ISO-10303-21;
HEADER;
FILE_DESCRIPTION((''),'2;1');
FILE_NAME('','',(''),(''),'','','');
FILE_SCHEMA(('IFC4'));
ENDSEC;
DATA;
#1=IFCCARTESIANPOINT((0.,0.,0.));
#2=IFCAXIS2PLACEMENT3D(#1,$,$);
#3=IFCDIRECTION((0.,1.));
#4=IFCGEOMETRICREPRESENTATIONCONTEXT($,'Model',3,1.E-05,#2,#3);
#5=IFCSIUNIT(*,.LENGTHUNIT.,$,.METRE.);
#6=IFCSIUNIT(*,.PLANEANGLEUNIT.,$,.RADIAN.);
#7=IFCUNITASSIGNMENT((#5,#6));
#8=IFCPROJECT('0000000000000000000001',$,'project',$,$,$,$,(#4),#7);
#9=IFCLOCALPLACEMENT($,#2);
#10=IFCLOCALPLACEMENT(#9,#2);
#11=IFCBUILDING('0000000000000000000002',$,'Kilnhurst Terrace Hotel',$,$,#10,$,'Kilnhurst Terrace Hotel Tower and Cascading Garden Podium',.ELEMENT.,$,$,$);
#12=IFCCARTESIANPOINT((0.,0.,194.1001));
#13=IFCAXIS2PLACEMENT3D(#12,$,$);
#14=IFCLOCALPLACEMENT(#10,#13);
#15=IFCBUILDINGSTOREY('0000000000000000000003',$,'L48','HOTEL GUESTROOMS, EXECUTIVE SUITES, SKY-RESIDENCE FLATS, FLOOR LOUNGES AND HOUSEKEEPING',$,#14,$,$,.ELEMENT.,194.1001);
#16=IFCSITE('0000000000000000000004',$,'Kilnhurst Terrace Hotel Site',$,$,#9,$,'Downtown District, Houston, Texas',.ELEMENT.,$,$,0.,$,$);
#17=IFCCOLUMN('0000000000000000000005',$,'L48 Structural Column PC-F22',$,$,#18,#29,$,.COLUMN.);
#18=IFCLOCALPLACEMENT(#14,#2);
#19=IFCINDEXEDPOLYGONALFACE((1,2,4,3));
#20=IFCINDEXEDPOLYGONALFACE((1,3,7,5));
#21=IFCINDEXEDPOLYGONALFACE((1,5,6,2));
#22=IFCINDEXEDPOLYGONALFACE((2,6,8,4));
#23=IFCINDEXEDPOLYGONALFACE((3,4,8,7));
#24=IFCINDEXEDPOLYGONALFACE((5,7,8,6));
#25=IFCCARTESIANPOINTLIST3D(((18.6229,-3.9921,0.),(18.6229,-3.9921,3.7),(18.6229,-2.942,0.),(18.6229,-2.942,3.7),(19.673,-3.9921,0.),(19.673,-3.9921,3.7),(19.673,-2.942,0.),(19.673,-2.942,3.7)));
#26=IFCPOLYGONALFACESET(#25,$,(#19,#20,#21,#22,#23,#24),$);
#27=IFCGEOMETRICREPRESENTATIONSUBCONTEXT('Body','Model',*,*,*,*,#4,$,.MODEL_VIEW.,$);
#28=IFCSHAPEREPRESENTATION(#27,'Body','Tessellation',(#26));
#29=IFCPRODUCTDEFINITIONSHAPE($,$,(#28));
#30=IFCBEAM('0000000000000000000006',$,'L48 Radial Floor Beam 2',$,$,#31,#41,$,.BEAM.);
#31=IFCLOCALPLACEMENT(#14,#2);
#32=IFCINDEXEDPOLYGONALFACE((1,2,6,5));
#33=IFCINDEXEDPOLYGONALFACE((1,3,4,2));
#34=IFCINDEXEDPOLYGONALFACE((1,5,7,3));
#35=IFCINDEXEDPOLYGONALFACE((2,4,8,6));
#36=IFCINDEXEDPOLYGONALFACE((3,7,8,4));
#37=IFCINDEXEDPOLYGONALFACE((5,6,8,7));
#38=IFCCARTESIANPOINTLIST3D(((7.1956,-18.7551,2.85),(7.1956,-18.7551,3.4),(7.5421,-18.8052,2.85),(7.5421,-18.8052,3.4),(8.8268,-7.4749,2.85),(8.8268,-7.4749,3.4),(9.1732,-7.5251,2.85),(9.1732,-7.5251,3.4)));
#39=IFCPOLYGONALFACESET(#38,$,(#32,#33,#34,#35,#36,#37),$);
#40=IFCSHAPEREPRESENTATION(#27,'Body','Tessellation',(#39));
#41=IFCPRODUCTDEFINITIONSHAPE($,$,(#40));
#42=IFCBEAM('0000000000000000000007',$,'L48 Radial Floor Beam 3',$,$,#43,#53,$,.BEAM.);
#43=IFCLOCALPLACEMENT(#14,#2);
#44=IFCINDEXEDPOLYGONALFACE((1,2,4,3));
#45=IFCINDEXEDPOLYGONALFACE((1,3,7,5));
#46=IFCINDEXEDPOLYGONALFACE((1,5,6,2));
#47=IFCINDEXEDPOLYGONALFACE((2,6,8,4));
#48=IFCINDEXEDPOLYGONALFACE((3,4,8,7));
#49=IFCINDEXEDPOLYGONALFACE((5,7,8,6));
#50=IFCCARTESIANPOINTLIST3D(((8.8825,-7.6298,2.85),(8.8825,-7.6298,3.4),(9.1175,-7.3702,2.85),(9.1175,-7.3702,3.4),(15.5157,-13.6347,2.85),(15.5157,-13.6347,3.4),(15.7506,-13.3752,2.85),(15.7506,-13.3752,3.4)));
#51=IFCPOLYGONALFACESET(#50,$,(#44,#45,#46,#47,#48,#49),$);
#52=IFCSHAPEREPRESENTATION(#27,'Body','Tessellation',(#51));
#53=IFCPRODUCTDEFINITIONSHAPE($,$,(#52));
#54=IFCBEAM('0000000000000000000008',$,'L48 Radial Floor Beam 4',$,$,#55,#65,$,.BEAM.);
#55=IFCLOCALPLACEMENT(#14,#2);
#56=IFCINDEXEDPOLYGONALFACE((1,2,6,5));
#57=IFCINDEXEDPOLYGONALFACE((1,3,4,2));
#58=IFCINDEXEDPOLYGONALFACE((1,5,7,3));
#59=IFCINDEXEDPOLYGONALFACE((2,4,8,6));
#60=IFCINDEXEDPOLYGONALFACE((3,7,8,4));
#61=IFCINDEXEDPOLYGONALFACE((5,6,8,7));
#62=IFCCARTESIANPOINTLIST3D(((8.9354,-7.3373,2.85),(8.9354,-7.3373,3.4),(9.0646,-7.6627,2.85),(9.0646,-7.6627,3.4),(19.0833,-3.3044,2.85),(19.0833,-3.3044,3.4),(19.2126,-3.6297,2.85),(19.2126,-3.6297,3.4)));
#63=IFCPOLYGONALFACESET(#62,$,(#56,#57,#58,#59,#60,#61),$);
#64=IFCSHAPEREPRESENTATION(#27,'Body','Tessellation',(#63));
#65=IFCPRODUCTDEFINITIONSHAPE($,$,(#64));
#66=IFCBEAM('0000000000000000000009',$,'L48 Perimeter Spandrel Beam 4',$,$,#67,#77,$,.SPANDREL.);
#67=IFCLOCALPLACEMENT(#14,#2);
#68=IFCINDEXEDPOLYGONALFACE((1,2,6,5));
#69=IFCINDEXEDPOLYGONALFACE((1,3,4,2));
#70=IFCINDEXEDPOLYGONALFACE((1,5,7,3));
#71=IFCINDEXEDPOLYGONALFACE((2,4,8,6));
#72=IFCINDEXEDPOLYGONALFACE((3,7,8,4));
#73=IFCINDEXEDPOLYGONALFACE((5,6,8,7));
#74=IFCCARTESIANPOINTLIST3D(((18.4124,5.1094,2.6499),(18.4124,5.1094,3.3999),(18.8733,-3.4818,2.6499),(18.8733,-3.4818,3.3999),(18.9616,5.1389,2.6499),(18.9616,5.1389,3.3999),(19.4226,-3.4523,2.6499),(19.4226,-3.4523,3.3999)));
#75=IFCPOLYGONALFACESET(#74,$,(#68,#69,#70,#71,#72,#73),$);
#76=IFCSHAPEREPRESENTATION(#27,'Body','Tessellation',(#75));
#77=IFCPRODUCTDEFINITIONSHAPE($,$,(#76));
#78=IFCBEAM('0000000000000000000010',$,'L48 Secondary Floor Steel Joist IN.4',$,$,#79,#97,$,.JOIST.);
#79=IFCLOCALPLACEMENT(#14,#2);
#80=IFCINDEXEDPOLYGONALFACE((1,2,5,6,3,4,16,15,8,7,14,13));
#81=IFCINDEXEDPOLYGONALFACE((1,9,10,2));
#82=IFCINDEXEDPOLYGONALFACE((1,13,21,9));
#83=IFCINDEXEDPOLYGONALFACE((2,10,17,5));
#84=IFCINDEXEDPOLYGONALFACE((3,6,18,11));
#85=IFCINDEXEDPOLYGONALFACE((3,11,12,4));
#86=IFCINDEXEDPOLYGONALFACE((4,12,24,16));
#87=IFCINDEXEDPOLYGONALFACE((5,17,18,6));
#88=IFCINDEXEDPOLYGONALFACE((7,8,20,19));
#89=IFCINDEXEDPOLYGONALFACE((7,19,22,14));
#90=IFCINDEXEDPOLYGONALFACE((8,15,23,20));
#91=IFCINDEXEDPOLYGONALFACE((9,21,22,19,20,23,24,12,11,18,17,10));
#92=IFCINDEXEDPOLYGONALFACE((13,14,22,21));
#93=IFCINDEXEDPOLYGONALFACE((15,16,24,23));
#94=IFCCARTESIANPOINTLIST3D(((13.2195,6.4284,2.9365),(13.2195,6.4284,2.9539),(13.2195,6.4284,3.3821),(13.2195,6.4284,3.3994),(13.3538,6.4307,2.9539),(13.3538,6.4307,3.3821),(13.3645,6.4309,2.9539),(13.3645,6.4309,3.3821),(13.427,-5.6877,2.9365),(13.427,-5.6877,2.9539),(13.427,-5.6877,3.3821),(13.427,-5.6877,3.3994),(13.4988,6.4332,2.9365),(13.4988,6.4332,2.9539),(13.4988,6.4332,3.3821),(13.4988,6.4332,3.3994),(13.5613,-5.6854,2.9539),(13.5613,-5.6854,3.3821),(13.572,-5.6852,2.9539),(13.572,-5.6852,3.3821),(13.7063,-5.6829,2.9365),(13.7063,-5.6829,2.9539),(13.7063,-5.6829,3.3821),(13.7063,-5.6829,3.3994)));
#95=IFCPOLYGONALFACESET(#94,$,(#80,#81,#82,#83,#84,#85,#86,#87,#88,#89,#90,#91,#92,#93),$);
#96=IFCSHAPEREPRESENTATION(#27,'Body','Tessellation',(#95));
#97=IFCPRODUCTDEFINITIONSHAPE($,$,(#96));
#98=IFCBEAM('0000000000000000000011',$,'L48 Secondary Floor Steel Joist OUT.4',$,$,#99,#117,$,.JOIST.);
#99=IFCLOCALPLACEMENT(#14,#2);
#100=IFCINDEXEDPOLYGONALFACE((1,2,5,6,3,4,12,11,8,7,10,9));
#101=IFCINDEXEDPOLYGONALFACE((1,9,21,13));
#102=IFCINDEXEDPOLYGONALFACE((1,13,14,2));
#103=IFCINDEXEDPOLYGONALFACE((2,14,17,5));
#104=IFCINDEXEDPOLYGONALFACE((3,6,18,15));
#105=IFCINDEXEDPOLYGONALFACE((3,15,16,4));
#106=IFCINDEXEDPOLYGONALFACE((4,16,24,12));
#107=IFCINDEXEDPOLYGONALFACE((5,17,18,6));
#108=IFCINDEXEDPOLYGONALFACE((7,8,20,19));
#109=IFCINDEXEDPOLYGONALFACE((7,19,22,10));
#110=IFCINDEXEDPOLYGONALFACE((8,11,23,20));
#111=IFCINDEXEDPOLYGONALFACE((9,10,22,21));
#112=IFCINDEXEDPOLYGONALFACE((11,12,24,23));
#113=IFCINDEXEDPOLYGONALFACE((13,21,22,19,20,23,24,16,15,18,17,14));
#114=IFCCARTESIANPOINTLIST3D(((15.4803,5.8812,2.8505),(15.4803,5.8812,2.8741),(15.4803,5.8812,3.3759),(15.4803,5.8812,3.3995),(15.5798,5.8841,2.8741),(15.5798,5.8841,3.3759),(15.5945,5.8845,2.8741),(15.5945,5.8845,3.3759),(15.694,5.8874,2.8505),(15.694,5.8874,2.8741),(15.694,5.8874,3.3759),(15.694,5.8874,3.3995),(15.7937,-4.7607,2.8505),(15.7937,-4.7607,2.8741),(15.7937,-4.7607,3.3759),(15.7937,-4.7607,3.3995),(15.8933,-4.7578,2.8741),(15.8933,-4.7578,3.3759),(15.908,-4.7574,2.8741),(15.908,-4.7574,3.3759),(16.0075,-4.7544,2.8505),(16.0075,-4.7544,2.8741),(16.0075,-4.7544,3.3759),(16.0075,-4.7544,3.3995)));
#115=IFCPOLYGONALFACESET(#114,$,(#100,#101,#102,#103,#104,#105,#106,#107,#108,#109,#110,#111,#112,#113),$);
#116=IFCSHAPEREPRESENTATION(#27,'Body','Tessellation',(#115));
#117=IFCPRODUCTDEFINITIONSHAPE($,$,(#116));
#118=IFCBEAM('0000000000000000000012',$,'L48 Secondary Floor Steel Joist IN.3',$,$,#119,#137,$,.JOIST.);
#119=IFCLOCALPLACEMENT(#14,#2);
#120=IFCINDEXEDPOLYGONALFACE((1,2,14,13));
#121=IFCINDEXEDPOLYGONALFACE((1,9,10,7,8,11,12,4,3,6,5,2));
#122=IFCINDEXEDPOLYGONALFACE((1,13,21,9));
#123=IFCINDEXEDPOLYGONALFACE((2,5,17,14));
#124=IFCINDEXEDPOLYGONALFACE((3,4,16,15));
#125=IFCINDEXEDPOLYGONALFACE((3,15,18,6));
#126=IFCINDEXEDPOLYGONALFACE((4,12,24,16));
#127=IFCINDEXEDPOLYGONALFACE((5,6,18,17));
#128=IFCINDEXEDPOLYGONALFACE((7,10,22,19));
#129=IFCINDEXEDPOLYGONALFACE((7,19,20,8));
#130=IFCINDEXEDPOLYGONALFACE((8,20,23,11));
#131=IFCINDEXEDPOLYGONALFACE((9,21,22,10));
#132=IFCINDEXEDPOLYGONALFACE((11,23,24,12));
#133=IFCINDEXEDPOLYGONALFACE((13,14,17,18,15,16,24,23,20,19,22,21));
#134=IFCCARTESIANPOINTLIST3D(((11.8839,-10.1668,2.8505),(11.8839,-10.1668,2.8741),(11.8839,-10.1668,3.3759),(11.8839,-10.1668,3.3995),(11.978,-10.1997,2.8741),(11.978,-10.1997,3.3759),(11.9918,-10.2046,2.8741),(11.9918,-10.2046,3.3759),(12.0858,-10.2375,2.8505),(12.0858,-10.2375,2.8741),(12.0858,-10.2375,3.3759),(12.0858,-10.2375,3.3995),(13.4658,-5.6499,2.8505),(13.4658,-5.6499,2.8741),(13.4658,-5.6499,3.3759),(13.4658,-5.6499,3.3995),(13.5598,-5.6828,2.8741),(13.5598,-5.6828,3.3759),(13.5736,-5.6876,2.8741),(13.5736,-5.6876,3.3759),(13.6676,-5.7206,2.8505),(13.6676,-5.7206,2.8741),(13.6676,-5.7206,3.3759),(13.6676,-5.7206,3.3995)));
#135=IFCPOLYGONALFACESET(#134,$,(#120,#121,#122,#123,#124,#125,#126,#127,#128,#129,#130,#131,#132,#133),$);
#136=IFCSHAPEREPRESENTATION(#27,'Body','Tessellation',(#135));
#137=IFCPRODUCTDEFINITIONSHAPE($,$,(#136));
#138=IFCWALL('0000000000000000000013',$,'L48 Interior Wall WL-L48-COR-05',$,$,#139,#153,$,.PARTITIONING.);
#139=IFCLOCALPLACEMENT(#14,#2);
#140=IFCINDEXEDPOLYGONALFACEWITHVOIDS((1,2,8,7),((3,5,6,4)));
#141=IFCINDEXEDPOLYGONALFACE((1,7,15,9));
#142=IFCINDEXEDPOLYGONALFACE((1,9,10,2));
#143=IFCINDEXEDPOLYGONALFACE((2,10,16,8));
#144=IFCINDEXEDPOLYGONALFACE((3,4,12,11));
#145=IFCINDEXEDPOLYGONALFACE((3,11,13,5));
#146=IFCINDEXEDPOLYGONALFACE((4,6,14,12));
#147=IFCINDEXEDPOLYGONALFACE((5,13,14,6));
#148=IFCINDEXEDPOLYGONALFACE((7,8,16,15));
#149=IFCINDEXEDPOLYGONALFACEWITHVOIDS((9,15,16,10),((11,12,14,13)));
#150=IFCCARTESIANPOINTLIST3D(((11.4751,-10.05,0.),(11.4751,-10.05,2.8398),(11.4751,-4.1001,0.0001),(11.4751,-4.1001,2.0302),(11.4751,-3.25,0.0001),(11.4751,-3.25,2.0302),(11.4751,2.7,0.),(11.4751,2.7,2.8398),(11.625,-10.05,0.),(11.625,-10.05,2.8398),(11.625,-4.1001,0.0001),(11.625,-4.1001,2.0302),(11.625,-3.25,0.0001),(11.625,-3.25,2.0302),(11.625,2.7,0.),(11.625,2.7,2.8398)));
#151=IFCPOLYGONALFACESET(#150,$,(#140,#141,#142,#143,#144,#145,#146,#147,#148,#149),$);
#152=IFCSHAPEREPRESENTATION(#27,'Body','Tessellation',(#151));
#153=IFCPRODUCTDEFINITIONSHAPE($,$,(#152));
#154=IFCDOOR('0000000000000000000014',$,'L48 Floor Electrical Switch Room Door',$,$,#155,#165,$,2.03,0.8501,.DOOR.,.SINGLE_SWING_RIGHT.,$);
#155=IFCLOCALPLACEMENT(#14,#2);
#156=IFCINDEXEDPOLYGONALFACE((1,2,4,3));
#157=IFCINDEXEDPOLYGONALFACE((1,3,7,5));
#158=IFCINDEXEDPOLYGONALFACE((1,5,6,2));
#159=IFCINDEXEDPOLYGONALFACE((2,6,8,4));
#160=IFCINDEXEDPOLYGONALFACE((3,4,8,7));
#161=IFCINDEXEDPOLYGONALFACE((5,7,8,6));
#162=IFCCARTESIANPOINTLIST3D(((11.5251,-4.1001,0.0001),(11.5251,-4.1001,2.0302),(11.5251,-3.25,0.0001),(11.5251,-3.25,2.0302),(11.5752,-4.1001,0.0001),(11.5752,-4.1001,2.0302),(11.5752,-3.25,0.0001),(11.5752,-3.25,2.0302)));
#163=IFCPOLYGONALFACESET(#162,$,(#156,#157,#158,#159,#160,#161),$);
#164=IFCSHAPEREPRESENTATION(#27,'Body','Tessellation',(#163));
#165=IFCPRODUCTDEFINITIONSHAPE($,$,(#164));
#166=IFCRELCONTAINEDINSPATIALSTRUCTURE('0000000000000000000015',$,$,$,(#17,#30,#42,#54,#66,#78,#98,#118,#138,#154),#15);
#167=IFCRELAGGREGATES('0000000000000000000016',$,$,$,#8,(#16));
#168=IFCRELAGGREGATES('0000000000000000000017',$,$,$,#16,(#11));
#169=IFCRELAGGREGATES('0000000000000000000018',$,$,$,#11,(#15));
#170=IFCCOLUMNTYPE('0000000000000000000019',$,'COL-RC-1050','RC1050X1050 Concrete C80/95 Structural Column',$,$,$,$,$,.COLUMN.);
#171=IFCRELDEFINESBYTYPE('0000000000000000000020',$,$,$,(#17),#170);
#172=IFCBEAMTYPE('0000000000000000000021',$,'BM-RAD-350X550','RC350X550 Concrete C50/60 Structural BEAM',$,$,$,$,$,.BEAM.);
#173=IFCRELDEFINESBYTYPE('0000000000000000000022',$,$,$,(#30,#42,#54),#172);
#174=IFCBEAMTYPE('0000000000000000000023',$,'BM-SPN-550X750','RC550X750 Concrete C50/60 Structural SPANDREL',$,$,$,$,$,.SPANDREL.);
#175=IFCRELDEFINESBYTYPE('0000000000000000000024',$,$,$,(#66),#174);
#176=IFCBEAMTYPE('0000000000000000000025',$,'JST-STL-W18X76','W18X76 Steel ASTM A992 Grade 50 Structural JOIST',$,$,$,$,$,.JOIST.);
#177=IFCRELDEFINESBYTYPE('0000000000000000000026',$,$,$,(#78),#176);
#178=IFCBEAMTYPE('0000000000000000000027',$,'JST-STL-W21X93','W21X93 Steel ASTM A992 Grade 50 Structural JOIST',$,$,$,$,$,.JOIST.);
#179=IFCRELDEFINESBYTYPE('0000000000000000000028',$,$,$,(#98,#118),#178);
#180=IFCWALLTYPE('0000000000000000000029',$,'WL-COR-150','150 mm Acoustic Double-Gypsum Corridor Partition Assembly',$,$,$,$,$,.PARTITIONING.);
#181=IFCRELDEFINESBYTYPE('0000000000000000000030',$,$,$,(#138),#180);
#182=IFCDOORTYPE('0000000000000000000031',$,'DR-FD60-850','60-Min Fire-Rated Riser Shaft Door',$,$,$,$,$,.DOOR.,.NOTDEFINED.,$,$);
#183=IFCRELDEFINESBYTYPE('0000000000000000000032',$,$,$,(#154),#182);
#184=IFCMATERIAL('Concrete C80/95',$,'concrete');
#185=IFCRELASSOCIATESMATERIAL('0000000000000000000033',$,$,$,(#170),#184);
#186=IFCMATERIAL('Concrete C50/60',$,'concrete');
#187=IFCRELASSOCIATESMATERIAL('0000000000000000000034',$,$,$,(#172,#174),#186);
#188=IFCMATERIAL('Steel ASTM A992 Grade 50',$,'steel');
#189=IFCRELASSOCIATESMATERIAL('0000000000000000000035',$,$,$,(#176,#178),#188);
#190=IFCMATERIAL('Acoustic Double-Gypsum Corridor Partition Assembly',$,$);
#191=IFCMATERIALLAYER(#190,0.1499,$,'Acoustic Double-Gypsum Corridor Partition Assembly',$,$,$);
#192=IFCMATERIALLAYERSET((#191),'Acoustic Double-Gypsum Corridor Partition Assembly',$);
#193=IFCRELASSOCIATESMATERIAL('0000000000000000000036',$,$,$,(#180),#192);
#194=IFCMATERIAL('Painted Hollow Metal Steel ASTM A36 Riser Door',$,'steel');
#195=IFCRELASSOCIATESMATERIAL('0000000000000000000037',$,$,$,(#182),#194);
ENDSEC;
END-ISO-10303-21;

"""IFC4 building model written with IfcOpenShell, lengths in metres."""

from ifc_helpers import new_model, si_unit, direction, frame, frame_2d, origin, origin_2d, place, context, subcontext, project, spatial, rectangle, i_section, extrude, material, layer, layer_set, material_profile, profile_set, type_object, element, fill, save


model = new_model("IFC4")

# Units and contexts
model_context = context("Model", 3, precision=1e-05, world=origin(), true_north=direction((0.0, 1.0)))
body_context = subcontext(model_context, "Body", "Model", "MODEL_VIEW")
ifc_project = project(units=[si_unit("LENGTHUNIT", "METRE"), si_unit("PLANEANGLEUNIT", "RADIAN")], contexts=[model_context])

# Site, building, storey
site_placement = place(None, origin())
site = spatial("IfcSite", under=ifc_project, at=site_placement, Name="Kilnhurst Terrace Hotel Site", LongName="Downtown District, Houston, Texas", CompositionType="ELEMENT", RefElevation=0.0)
building_placement = place(site_placement, origin())
building = spatial("IfcBuilding", under=site, at=building_placement, Name="Kilnhurst Terrace Hotel", LongName="Kilnhurst Terrace Hotel Tower and Cascading Garden Podium", CompositionType="ELEMENT")
storey_placement = place(building_placement, frame((0.0, 0.0, 194.1001)))
storey = spatial("IfcBuildingStorey", under=building, at=storey_placement, Name="L48", Description="HOTEL GUESTROOMS, EXECUTIVE SUITES, SKY-RESIDENCE FLATS, FLOOR LOUNGES AND HOUSEKEEPING", CompositionType="ELEMENT", Elevation=194.1001)

# Column
ifc_material_1 = material(Name="Concrete C80/95", Category="concrete")
ifc_material_profile_1 = material_profile(ifc_material_1, rectangle(XDim=1.05, YDim=1.05, at=origin_2d()), Name="RC1050X1050")
ifc_profile_set_1 = profile_set([ifc_material_profile_1], Name="Concrete C80/95")
column_type = type_object("IfcColumnType", Name="COL-RC-1050", Description="RC1050X1050 Concrete C80/95 Structural Column", PredefinedType="COLUMN", material=ifc_profile_set_1)
column_placement = place(storey_placement, frame((19.1479, -3.467, 0.0), z_axis=(0.0, 0.0, 1.0), x_axis=(1.0, 0.0, 0.0)))
element("IfcColumn", 1, at=column_placement, inside=storey, type_object=column_type, Name="L48 Structural Column PC-F22", PredefinedType="COLUMN", context=body_context, shape_type="SweptSolid", body=[
    extrude(rectangle(XDim=1.05, YDim=1.05, at=origin_2d()), origin(), (0.0, 0.0, 1.0), 3.7),
])

# Beams
ifc_material_2 = material(Name="Concrete C50/60", Category="concrete")
ifc_material_profile_2 = material_profile(ifc_material_2, rectangle(XDim=0.3501, YDim=0.55, at=origin_2d()), Name="RC350X550")
ifc_profile_set_2 = profile_set([ifc_material_profile_2], Name="Concrete C50/60")
beam_type_1 = type_object("IfcBeamType", Name="BM-RAD-350X550", Description="RC350X550 Concrete C50/60 Structural BEAM", PredefinedType="BEAM", material=ifc_profile_set_2)
beam_1_placement = place(storey_placement, frame((9.0, -7.5, 3.125), z_axis=(-0.143113, -0.989706, 0.0), x_axis=(0.989706, -0.143113, 0.0)))
element("IfcBeam", 2, at=beam_1_placement, inside=storey, type_object=beam_type_1, Name="L48 Radial Floor Beam 2", PredefinedType="BEAM", context=body_context, shape_type="SweptSolid", body=[
    extrude(rectangle(XDim=0.3501, YDim=0.55, at=origin_2d()), origin(), (0.0, 0.0, 1.0), 11.3975),
])
beam_2_placement = place(storey_placement, frame((9.0, -7.5, 3.125), z_axis=(0.741339, -0.671131, 0.0), x_axis=(0.671131, 0.741339, 0.0)))
element("IfcBeam", 3, at=beam_2_placement, inside=storey, type_object=beam_type_1, Name="L48 Radial Floor Beam 3", PredefinedType="BEAM", context=body_context, shape_type="SweptSolid", body=[
    extrude(rectangle(XDim=0.3501, YDim=0.55, at=origin_2d()), origin(), (0.0, 0.0, 1.0), 8.9475),
])
beam_3_placement = place(storey_placement, frame((9.0, -7.5, 3.125), z_axis=(0.929302, 0.36932, 0.0), x_axis=(-0.36932, 0.929302, 0.0)))
element("IfcBeam", 4, at=beam_3_placement, inside=storey, type_object=beam_type_1, Name="L48 Radial Floor Beam 4", PredefinedType="BEAM", context=body_context, shape_type="SweptSolid", body=[
    extrude(rectangle(XDim=0.3501, YDim=0.55, at=origin_2d()), origin(), (0.0, 0.0, 1.0), 10.9199),
])
ifc_material_profile_3 = material_profile(ifc_material_2, rectangle(XDim=0.55, YDim=0.75, at=origin_2d()), Name="RC550X750")
ifc_profile_set_3 = profile_set([ifc_material_profile_3], Name="Concrete C50/60")
beam_type_2 = type_object("IfcBeamType", Name="BM-SPN-550X750", Description="RC550X750 Concrete C50/60 Structural SPANDREL", PredefinedType="SPANDREL", material=ifc_profile_set_3)
beam_4_placement = place(storey_placement, frame((19.1479, -3.467, 3.0249), z_axis=(-0.053576, 0.998564, 0.0), x_axis=(-0.998564, -0.053576, 0.0)))
element("IfcBeam", 5, at=beam_4_placement, inside=storey, type_object=beam_type_2, Name="L48 Perimeter Spandrel Beam 4", PredefinedType="SPANDREL", context=body_context, shape_type="SweptSolid", body=[
    extrude(rectangle(XDim=0.55, YDim=0.75, at=origin_2d()), origin(), (0.0, 0.0, 1.0), 8.6035),
])
ifc_material_3 = material(Name="Steel ASTM A992 Grade 50", Category="steel")
ifc_material_profile_4 = material_profile(ifc_material_3, i_section(OverallWidth=0.2793, OverallDepth=0.4629, WebThickness=0.0107, FlangeThickness=0.0173, at=origin_2d()), Name="W18X76")
ifc_profile_set_4 = profile_set([ifc_material_profile_4], Name="Steel ASTM A992 Grade 50")
beam_type_3 = type_object("IfcBeamType", Name="JST-STL-W18X76", Description="W18X76 Steel ASTM A992 Grade 50 Structural JOIST", PredefinedType="JOIST", material=ifc_profile_set_4)
beam_5_placement = place(storey_placement, frame((13.5667, -5.6853, 3.168), z_axis=(-0.017125, 0.999853, 0.0), x_axis=(-0.999853, -0.017125, 0.0)))
element("IfcBeam", 6, at=beam_5_placement, inside=storey, type_object=beam_type_3, Name="L48 Secondary Floor Steel Joist IN.4", PredefinedType="JOIST", context=body_context, shape_type="SweptSolid", body=[
    extrude(i_section(OverallWidth=0.2793, OverallDepth=0.4629, WebThickness=0.0107, FlangeThickness=0.0173, at=origin_2d()), origin(), (0.0, 0.0, 1.0), 12.1179),
])
ifc_material_profile_5 = material_profile(ifc_material_3, i_section(OverallWidth=0.2139, OverallDepth=0.5491, WebThickness=0.0146, FlangeThickness=0.0237, at=origin_2d()), Name="W21X93")
ifc_profile_set_5 = profile_set([ifc_material_profile_5], Name="Steel ASTM A992 Grade 50")
beam_type_4 = type_object("IfcBeamType", Name="JST-STL-W21X93", Description="W21X93 Steel ASTM A992 Grade 50 Structural JOIST", PredefinedType="JOIST", material=ifc_profile_set_5)
beam_6_placement = place(storey_placement, frame((15.9006, -4.7576, 3.125), z_axis=(-0.029444, 0.999566, 0.0), x_axis=(-0.999566, -0.029444, 0.0)))
element("IfcBeam", 7, at=beam_6_placement, inside=storey, type_object=beam_type_4, Name="L48 Secondary Floor Steel Joist OUT.4", PredefinedType="JOIST", context=body_context, shape_type="SweptSolid", body=[
    extrude(i_section(OverallWidth=0.2139, OverallDepth=0.5491, WebThickness=0.0146, FlangeThickness=0.0237, at=origin_2d()), origin(), (0.0, 0.0, 1.0), 10.6465),
])
beam_7_placement = place(storey_placement, frame((11.9849, -10.2021, 3.125), z_axis=(0.330516, 0.9438, 0.0), x_axis=(-0.9438, 0.330516, 0.0)))
element("IfcBeam", 8, at=beam_7_placement, inside=storey, type_object=beam_type_4, Name="L48 Secondary Floor Steel Joist IN.3", PredefinedType="JOIST", context=body_context, shape_type="SweptSolid", body=[
    extrude(i_section(OverallWidth=0.2139, OverallDepth=0.5491, WebThickness=0.0146, FlangeThickness=0.0237, at=origin_2d()), origin(), (0.0, 0.0, 1.0), 4.7859),
])

# Wall, opening, door
ifc_material_4 = material(Name="Acoustic Double-Gypsum Corridor Partition Assembly")
ifc_layer_1 = layer(ifc_material_4, 0.1499, Name="Acoustic Double-Gypsum Corridor Partition Assembly")
ifc_layer_set_1 = layer_set([ifc_layer_1], Name="Acoustic Double-Gypsum Corridor Partition Assembly")
wall_type_1 = type_object("IfcWallType", Name="WL-COR-150", Description="150 mm Acoustic Double-Gypsum Corridor Partition Assembly", PredefinedType="PARTITIONING", material=ifc_layer_set_1)
wall_1_placement = place(storey_placement, frame((11.55, -10.05, 0.0), z_axis=(0.0, 0.0, 1.0), x_axis=(0.0, 1.0, 0.0)))
wall_1 = element("IfcWall", 9, at=wall_1_placement, inside=storey, type_object=wall_type_1, Name="L48 Interior Wall WL-L48-COR-05", PredefinedType="PARTITIONING", context=body_context, shape_type="SweptSolid", body=[
    extrude(rectangle(XDim=12.75, YDim=0.1499, at=frame_2d((6.375, 0.0))), origin(), (0.0, 0.0, 1.0), 2.8398),
])
opening_1_placement = place(wall_1_placement, frame((5.95, 0.0, 0.0)))
opening_1 = element("IfcOpeningElement", 10, at=opening_1_placement, cuts=wall_1, PredefinedType="OPENING", context=body_context, shape_type="SweptSolid", body=[
    extrude(rectangle(XDim=0.8501, YDim=2.03, at=frame_2d((0.425, 1.0151))), frame((0.0, 0.085, 0.0), z_axis=(0.0, -1.0, 0.0), x_axis=(1.0, 0.0, 0.0)), (0.0, 0.0, 1.0), 0.1699),
])
ifc_material_5 = material(Name="Painted Hollow Metal Steel ASTM A36 Riser Door", Category="steel")
door_type_1 = type_object("IfcDoorType", Name="DR-FD60-850", Description="60-Min Fire-Rated Riser Shaft Door", OperationType="NOTDEFINED", PredefinedType="DOOR", material=ifc_material_5)
door_1_placement = place(opening_1_placement, origin())
door_1 = element("IfcDoor", 11, at=door_1_placement, inside=storey, type_object=door_type_1, Name="L48 Floor Electrical Switch Room Door", OperationType="SINGLE_SWING_RIGHT", OverallHeight=2.03, OverallWidth=0.8501, PredefinedType="DOOR", context=body_context, shape_type="SweptSolid", body=[
    extrude(rectangle(XDim=0.8501, YDim=2.03, at=frame_2d((0.425, 1.0151))), frame((0.0, 0.0249, 0.0), z_axis=(0.0, -1.0, 0.0), x_axis=(1.0, 0.0, 0.0)), (0.0, 0.0, 1.0), 0.05),
])
fill(opening_1, door_1)

save(model, "model.ifc")
